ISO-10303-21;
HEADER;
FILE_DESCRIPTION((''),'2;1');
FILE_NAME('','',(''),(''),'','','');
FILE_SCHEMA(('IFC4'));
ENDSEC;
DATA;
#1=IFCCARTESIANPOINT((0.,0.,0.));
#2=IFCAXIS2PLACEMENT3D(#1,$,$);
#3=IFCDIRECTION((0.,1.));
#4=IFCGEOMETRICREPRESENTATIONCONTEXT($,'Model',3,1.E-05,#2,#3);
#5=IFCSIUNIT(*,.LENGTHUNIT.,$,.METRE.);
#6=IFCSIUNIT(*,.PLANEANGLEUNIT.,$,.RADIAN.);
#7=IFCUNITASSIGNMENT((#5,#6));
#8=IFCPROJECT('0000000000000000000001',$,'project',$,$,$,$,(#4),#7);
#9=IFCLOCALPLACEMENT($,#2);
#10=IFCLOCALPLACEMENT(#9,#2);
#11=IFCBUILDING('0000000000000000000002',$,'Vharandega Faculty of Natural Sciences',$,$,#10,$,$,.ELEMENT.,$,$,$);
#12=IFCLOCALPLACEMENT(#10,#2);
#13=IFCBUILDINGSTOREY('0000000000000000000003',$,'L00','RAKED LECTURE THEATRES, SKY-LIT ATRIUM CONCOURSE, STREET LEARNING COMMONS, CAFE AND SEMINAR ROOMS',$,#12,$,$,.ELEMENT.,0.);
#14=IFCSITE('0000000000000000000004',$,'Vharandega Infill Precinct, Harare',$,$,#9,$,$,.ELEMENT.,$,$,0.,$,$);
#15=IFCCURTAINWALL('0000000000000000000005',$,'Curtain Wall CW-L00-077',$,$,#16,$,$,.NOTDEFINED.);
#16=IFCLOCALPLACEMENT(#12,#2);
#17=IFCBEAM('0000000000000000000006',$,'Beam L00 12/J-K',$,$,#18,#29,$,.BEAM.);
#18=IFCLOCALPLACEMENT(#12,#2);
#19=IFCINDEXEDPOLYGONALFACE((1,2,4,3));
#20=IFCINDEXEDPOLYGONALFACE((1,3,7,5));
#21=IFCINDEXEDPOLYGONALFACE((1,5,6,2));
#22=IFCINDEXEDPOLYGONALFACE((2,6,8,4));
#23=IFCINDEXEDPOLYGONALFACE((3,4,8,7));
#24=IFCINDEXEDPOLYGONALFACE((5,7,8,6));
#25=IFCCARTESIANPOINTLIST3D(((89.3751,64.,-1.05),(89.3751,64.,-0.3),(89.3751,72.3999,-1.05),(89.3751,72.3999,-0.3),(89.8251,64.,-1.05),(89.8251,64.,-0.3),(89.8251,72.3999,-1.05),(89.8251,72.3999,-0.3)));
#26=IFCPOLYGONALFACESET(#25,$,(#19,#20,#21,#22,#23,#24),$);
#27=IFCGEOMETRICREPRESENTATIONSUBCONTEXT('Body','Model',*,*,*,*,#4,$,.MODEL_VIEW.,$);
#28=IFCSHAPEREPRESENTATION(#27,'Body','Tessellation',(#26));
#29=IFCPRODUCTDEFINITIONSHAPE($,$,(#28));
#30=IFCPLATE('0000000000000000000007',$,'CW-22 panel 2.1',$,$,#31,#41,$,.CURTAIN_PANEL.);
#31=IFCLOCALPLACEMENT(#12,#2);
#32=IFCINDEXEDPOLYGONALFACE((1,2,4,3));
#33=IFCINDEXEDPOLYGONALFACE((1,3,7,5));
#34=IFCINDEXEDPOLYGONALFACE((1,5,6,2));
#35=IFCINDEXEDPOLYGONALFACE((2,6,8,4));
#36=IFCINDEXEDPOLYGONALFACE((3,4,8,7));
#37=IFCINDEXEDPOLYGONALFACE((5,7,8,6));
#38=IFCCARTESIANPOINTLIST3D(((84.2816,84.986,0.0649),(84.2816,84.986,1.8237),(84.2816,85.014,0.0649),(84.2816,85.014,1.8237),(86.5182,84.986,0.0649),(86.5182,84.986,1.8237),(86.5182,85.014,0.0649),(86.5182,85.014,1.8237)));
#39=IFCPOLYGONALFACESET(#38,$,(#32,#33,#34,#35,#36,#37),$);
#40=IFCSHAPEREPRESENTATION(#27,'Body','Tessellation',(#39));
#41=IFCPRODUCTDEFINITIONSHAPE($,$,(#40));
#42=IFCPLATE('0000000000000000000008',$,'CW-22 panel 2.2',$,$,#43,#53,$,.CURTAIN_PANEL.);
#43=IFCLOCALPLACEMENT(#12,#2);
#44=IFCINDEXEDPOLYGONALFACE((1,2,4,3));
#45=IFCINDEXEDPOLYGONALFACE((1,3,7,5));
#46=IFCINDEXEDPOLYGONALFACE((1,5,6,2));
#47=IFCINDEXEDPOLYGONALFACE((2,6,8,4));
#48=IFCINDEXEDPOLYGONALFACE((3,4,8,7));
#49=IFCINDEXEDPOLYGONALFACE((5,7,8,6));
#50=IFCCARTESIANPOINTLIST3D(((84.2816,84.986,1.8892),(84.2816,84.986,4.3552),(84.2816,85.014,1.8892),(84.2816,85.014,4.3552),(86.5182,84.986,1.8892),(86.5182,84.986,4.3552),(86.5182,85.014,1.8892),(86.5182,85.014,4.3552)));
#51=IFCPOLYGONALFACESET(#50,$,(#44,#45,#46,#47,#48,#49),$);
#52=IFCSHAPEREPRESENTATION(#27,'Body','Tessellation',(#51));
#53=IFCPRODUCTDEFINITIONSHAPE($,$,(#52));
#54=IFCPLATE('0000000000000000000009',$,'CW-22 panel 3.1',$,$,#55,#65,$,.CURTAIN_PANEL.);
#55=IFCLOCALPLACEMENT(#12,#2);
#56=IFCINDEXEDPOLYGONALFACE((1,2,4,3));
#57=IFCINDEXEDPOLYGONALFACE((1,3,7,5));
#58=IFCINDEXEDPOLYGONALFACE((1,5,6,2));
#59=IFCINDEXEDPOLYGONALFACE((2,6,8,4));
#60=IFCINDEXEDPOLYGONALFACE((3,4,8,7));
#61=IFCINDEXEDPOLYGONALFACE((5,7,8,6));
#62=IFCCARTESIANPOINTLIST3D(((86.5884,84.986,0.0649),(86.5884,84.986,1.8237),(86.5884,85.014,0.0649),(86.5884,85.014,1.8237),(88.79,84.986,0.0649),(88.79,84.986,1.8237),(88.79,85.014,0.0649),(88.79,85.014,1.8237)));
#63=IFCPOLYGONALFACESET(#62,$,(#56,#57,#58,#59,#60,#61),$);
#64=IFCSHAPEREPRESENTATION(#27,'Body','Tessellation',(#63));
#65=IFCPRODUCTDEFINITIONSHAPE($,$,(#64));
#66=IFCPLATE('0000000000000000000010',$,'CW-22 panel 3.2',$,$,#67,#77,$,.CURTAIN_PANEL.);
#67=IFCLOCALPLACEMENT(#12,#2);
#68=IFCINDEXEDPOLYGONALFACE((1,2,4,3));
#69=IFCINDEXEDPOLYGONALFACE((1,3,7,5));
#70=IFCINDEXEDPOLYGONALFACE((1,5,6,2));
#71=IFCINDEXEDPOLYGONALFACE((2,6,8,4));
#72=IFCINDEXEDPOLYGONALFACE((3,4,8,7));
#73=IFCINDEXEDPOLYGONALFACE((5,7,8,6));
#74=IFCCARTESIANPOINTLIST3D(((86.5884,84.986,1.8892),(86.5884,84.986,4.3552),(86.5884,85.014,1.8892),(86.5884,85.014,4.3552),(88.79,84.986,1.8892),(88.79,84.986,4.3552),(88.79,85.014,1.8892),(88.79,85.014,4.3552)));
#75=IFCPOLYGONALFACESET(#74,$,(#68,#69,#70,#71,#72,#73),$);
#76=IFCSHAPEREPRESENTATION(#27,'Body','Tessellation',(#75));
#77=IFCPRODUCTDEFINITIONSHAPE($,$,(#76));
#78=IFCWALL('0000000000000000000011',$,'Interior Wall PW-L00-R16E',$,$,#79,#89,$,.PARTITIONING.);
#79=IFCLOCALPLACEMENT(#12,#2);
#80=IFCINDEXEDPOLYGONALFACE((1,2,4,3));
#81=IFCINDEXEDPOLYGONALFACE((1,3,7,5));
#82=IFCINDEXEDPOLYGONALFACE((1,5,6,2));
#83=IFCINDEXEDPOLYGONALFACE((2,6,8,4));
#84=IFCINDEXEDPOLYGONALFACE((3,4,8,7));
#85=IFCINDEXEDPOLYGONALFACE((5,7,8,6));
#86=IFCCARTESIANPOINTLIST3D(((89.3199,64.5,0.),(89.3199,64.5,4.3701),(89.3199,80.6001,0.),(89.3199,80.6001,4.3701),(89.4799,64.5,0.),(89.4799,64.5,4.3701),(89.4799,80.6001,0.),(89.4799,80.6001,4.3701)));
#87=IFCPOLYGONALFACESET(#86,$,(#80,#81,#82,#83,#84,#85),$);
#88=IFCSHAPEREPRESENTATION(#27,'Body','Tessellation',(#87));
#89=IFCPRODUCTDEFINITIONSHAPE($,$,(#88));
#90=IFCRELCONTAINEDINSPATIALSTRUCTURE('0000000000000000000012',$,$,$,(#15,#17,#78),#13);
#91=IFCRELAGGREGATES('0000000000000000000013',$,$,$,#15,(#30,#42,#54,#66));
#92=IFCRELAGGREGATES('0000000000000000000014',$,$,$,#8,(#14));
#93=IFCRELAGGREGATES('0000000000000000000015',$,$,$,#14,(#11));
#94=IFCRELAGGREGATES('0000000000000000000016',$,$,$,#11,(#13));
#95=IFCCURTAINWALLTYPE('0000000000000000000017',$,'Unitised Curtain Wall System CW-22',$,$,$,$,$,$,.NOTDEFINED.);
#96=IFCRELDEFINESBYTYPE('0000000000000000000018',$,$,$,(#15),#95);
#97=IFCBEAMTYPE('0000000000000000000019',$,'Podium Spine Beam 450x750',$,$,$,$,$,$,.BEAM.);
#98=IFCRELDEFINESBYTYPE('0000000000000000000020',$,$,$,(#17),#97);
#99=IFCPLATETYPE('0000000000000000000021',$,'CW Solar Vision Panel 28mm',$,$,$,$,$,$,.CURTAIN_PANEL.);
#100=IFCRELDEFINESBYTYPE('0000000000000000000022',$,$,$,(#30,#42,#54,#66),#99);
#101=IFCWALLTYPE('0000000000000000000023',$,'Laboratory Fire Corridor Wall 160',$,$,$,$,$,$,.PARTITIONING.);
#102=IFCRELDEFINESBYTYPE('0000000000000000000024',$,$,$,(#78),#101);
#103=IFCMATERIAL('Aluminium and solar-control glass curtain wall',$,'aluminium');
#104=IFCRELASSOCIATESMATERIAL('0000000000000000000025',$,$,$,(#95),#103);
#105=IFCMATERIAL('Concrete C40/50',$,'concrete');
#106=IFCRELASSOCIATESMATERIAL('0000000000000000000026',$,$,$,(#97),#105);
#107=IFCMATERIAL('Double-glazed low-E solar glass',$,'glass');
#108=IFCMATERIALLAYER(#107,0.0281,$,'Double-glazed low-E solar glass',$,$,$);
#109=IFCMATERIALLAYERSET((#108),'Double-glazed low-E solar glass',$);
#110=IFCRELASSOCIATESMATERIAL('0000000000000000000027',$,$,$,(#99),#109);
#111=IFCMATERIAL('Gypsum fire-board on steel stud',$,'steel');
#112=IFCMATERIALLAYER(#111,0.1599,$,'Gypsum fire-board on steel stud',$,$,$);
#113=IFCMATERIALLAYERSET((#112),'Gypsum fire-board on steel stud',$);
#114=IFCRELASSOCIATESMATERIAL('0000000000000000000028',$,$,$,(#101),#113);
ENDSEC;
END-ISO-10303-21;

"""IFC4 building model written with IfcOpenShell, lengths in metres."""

from ifc_helpers import new_model, si_unit, direction, frame, frame_2d, origin, origin_2d, place, context, subcontext, project, spatial, rectangle, extrude, material, layer, layer_set, material_profile, profile_set, type_object, element, aggregate, save


model = new_model("IFC4")

# Units and contexts
model_context = context("Model", 3, precision=1e-05, world=origin(), true_north=direction((0.0, 1.0)))
body_context = subcontext(model_context, "Body", "Model", "MODEL_VIEW")
ifc_project = project(units=[si_unit("LENGTHUNIT", "METRE"), si_unit("PLANEANGLEUNIT", "RADIAN")], contexts=[model_context])

# Site, building, storey
site_placement = place(None, origin())
site = spatial("IfcSite", under=ifc_project, at=site_placement, Name="Vharandega Infill Precinct, Harare", CompositionType="ELEMENT", RefElevation=0.0)
building_placement = place(site_placement, origin())
building = spatial("IfcBuilding", under=site, at=building_placement, Name="Vharandega Faculty of Natural Sciences", CompositionType="ELEMENT")
storey_placement = place(building_placement, origin())
storey = spatial("IfcBuildingStorey", under=building, at=storey_placement, Name="L00", Description="RAKED LECTURE THEATRES, SKY-LIT ATRIUM CONCOURSE, STREET LEARNING COMMONS, CAFE AND SEMINAR ROOMS", CompositionType="ELEMENT", Elevation=0.0)

# Curtain wall
ifc_material_1 = material(Name="Aluminium and solar-control glass curtain wall", Category="aluminium")
curtain_wall_type = type_object("IfcCurtainWallType", Name="Unitised Curtain Wall System CW-22", PredefinedType="NOTDEFINED", material=ifc_material_1)
curtain_wall_placement = place(storey_placement, origin())
curtain_wall = element("IfcCurtainWall", 1, at=curtain_wall_placement, inside=storey, type_object=curtain_wall_type, Name="Curtain Wall CW-L00-077", PredefinedType="NOTDEFINED")

# Beam
ifc_material_2 = material(Name="Concrete C40/50", Category="concrete")
ifc_material_profile_1 = material_profile(ifc_material_2, rectangle(XDim=0.45, YDim=0.75, at=origin_2d()), Name="RC 450x750")
ifc_profile_set_1 = profile_set([ifc_material_profile_1], Name="Concrete C40/50")
beam_type_1 = type_object("IfcBeamType", Name="Podium Spine Beam 450x750", PredefinedType="BEAM", material=ifc_profile_set_1)
beam_1_placement = place(storey_placement, frame((89.6001, 64.0, -0.675), z_axis=(0.0, 1.0, 0.0), x_axis=(-1.0, 0.0, 0.0)))
element("IfcBeam", 2, at=beam_1_placement, inside=storey, type_object=beam_type_1, Name="Beam L00 12/J-K", PredefinedType="BEAM", context=body_context, shape_type="SweptSolid", body=[
    extrude(rectangle(XDim=0.45, YDim=0.75, at=origin_2d()), origin(), (0.0, 0.0, 1.0), 8.3999),
])

# Plates
ifc_material_3 = material(Name="Double-glazed low-E solar glass", Category="glass")
ifc_layer_1 = layer(ifc_material_3, 0.0281, Name="Double-glazed low-E solar glass")
ifc_layer_set_1 = layer_set([ifc_layer_1], Name="Double-glazed low-E solar glass")
plate_type = type_object("IfcPlateType", Name="CW Solar Vision Panel 28mm", PredefinedType="CURTAIN_PANEL", material=ifc_layer_set_1)
plate_1_placement = place(storey_placement, frame((85.3999, 85.0, 0.0649), z_axis=(0.0, 0.0, 1.0), x_axis=(1.0, 0.0, 0.0)))
plate_1 = element("IfcPlate", 3, at=plate_1_placement, type_object=plate_type, Name="CW-22 panel 2.1", PredefinedType="CURTAIN_PANEL", context=body_context, shape_type="SweptSolid", body=[
    extrude(rectangle(XDim=2.2366, YDim=0.0281, at=origin_2d()), origin(), (0.0, 0.0, 1.0), 1.7588),
])
plate_2_placement = place(storey_placement, frame((85.3999, 85.0, 1.8892), z_axis=(0.0, 0.0, 1.0), x_axis=(1.0, 0.0, 0.0)))
plate_2 = element("IfcPlate", 4, at=plate_2_placement, type_object=plate_type, Name="CW-22 panel 2.2", PredefinedType="CURTAIN_PANEL", context=body_context, shape_type="SweptSolid", body=[
    extrude(rectangle(XDim=2.2366, YDim=0.0281, at=origin_2d()), origin(), (0.0, 0.0, 1.0), 2.4661),
])
plate_3_placement = place(storey_placement, frame((87.6892, 85.0, 0.0649), z_axis=(0.0, 0.0, 1.0), x_axis=(1.0, 0.0, 0.0)))
plate_3 = element("IfcPlate", 5, at=plate_3_placement, type_object=plate_type, Name="CW-22 panel 3.1", PredefinedType="CURTAIN_PANEL", context=body_context, shape_type="SweptSolid", body=[
    extrude(rectangle(XDim=2.2017, YDim=0.0281, at=origin_2d()), origin(), (0.0, 0.0, 1.0), 1.7588),
])
plate_4_placement = place(storey_placement, frame((87.6892, 85.0, 1.8892), z_axis=(0.0, 0.0, 1.0), x_axis=(1.0, 0.0, 0.0)))
plate_4 = element("IfcPlate", 6, at=plate_4_placement, type_object=plate_type, Name="CW-22 panel 3.2", PredefinedType="CURTAIN_PANEL", context=body_context, shape_type="SweptSolid", body=[
    extrude(rectangle(XDim=2.2017, YDim=0.0281, at=origin_2d()), origin(), (0.0, 0.0, 1.0), 2.4661),
])
aggregate(curtain_wall, [plate_1, plate_2, plate_3, plate_4])

# Wall
ifc_material_4 = material(Name="Gypsum fire-board on steel stud", Category="steel")
ifc_layer_2 = layer(ifc_material_4, 0.1599, Name="Gypsum fire-board on steel stud")
ifc_layer_set_2 = layer_set([ifc_layer_2], Name="Gypsum fire-board on steel stud")
wall_type = type_object("IfcWallType", Name="Laboratory Fire Corridor Wall 160", PredefinedType="PARTITIONING", material=ifc_layer_set_2)
wall_placement = place(storey_placement, frame((89.3999, 64.5, 0.0), z_axis=(0.0, 0.0, 1.0), x_axis=(0.0, 1.0, 0.0)))
element("IfcWall", 7, at=wall_placement, inside=storey, type_object=wall_type, Name="Interior Wall PW-L00-R16E", PredefinedType="PARTITIONING", context=body_context, shape_type="SweptSolid", body=[
    extrude(rectangle(XDim=16.1001, YDim=0.1599, at=frame_2d((8.05, 0.0))), origin(), (0.0, 0.0, 1.0), 4.3701),
])

save(model, "model.ifc")
